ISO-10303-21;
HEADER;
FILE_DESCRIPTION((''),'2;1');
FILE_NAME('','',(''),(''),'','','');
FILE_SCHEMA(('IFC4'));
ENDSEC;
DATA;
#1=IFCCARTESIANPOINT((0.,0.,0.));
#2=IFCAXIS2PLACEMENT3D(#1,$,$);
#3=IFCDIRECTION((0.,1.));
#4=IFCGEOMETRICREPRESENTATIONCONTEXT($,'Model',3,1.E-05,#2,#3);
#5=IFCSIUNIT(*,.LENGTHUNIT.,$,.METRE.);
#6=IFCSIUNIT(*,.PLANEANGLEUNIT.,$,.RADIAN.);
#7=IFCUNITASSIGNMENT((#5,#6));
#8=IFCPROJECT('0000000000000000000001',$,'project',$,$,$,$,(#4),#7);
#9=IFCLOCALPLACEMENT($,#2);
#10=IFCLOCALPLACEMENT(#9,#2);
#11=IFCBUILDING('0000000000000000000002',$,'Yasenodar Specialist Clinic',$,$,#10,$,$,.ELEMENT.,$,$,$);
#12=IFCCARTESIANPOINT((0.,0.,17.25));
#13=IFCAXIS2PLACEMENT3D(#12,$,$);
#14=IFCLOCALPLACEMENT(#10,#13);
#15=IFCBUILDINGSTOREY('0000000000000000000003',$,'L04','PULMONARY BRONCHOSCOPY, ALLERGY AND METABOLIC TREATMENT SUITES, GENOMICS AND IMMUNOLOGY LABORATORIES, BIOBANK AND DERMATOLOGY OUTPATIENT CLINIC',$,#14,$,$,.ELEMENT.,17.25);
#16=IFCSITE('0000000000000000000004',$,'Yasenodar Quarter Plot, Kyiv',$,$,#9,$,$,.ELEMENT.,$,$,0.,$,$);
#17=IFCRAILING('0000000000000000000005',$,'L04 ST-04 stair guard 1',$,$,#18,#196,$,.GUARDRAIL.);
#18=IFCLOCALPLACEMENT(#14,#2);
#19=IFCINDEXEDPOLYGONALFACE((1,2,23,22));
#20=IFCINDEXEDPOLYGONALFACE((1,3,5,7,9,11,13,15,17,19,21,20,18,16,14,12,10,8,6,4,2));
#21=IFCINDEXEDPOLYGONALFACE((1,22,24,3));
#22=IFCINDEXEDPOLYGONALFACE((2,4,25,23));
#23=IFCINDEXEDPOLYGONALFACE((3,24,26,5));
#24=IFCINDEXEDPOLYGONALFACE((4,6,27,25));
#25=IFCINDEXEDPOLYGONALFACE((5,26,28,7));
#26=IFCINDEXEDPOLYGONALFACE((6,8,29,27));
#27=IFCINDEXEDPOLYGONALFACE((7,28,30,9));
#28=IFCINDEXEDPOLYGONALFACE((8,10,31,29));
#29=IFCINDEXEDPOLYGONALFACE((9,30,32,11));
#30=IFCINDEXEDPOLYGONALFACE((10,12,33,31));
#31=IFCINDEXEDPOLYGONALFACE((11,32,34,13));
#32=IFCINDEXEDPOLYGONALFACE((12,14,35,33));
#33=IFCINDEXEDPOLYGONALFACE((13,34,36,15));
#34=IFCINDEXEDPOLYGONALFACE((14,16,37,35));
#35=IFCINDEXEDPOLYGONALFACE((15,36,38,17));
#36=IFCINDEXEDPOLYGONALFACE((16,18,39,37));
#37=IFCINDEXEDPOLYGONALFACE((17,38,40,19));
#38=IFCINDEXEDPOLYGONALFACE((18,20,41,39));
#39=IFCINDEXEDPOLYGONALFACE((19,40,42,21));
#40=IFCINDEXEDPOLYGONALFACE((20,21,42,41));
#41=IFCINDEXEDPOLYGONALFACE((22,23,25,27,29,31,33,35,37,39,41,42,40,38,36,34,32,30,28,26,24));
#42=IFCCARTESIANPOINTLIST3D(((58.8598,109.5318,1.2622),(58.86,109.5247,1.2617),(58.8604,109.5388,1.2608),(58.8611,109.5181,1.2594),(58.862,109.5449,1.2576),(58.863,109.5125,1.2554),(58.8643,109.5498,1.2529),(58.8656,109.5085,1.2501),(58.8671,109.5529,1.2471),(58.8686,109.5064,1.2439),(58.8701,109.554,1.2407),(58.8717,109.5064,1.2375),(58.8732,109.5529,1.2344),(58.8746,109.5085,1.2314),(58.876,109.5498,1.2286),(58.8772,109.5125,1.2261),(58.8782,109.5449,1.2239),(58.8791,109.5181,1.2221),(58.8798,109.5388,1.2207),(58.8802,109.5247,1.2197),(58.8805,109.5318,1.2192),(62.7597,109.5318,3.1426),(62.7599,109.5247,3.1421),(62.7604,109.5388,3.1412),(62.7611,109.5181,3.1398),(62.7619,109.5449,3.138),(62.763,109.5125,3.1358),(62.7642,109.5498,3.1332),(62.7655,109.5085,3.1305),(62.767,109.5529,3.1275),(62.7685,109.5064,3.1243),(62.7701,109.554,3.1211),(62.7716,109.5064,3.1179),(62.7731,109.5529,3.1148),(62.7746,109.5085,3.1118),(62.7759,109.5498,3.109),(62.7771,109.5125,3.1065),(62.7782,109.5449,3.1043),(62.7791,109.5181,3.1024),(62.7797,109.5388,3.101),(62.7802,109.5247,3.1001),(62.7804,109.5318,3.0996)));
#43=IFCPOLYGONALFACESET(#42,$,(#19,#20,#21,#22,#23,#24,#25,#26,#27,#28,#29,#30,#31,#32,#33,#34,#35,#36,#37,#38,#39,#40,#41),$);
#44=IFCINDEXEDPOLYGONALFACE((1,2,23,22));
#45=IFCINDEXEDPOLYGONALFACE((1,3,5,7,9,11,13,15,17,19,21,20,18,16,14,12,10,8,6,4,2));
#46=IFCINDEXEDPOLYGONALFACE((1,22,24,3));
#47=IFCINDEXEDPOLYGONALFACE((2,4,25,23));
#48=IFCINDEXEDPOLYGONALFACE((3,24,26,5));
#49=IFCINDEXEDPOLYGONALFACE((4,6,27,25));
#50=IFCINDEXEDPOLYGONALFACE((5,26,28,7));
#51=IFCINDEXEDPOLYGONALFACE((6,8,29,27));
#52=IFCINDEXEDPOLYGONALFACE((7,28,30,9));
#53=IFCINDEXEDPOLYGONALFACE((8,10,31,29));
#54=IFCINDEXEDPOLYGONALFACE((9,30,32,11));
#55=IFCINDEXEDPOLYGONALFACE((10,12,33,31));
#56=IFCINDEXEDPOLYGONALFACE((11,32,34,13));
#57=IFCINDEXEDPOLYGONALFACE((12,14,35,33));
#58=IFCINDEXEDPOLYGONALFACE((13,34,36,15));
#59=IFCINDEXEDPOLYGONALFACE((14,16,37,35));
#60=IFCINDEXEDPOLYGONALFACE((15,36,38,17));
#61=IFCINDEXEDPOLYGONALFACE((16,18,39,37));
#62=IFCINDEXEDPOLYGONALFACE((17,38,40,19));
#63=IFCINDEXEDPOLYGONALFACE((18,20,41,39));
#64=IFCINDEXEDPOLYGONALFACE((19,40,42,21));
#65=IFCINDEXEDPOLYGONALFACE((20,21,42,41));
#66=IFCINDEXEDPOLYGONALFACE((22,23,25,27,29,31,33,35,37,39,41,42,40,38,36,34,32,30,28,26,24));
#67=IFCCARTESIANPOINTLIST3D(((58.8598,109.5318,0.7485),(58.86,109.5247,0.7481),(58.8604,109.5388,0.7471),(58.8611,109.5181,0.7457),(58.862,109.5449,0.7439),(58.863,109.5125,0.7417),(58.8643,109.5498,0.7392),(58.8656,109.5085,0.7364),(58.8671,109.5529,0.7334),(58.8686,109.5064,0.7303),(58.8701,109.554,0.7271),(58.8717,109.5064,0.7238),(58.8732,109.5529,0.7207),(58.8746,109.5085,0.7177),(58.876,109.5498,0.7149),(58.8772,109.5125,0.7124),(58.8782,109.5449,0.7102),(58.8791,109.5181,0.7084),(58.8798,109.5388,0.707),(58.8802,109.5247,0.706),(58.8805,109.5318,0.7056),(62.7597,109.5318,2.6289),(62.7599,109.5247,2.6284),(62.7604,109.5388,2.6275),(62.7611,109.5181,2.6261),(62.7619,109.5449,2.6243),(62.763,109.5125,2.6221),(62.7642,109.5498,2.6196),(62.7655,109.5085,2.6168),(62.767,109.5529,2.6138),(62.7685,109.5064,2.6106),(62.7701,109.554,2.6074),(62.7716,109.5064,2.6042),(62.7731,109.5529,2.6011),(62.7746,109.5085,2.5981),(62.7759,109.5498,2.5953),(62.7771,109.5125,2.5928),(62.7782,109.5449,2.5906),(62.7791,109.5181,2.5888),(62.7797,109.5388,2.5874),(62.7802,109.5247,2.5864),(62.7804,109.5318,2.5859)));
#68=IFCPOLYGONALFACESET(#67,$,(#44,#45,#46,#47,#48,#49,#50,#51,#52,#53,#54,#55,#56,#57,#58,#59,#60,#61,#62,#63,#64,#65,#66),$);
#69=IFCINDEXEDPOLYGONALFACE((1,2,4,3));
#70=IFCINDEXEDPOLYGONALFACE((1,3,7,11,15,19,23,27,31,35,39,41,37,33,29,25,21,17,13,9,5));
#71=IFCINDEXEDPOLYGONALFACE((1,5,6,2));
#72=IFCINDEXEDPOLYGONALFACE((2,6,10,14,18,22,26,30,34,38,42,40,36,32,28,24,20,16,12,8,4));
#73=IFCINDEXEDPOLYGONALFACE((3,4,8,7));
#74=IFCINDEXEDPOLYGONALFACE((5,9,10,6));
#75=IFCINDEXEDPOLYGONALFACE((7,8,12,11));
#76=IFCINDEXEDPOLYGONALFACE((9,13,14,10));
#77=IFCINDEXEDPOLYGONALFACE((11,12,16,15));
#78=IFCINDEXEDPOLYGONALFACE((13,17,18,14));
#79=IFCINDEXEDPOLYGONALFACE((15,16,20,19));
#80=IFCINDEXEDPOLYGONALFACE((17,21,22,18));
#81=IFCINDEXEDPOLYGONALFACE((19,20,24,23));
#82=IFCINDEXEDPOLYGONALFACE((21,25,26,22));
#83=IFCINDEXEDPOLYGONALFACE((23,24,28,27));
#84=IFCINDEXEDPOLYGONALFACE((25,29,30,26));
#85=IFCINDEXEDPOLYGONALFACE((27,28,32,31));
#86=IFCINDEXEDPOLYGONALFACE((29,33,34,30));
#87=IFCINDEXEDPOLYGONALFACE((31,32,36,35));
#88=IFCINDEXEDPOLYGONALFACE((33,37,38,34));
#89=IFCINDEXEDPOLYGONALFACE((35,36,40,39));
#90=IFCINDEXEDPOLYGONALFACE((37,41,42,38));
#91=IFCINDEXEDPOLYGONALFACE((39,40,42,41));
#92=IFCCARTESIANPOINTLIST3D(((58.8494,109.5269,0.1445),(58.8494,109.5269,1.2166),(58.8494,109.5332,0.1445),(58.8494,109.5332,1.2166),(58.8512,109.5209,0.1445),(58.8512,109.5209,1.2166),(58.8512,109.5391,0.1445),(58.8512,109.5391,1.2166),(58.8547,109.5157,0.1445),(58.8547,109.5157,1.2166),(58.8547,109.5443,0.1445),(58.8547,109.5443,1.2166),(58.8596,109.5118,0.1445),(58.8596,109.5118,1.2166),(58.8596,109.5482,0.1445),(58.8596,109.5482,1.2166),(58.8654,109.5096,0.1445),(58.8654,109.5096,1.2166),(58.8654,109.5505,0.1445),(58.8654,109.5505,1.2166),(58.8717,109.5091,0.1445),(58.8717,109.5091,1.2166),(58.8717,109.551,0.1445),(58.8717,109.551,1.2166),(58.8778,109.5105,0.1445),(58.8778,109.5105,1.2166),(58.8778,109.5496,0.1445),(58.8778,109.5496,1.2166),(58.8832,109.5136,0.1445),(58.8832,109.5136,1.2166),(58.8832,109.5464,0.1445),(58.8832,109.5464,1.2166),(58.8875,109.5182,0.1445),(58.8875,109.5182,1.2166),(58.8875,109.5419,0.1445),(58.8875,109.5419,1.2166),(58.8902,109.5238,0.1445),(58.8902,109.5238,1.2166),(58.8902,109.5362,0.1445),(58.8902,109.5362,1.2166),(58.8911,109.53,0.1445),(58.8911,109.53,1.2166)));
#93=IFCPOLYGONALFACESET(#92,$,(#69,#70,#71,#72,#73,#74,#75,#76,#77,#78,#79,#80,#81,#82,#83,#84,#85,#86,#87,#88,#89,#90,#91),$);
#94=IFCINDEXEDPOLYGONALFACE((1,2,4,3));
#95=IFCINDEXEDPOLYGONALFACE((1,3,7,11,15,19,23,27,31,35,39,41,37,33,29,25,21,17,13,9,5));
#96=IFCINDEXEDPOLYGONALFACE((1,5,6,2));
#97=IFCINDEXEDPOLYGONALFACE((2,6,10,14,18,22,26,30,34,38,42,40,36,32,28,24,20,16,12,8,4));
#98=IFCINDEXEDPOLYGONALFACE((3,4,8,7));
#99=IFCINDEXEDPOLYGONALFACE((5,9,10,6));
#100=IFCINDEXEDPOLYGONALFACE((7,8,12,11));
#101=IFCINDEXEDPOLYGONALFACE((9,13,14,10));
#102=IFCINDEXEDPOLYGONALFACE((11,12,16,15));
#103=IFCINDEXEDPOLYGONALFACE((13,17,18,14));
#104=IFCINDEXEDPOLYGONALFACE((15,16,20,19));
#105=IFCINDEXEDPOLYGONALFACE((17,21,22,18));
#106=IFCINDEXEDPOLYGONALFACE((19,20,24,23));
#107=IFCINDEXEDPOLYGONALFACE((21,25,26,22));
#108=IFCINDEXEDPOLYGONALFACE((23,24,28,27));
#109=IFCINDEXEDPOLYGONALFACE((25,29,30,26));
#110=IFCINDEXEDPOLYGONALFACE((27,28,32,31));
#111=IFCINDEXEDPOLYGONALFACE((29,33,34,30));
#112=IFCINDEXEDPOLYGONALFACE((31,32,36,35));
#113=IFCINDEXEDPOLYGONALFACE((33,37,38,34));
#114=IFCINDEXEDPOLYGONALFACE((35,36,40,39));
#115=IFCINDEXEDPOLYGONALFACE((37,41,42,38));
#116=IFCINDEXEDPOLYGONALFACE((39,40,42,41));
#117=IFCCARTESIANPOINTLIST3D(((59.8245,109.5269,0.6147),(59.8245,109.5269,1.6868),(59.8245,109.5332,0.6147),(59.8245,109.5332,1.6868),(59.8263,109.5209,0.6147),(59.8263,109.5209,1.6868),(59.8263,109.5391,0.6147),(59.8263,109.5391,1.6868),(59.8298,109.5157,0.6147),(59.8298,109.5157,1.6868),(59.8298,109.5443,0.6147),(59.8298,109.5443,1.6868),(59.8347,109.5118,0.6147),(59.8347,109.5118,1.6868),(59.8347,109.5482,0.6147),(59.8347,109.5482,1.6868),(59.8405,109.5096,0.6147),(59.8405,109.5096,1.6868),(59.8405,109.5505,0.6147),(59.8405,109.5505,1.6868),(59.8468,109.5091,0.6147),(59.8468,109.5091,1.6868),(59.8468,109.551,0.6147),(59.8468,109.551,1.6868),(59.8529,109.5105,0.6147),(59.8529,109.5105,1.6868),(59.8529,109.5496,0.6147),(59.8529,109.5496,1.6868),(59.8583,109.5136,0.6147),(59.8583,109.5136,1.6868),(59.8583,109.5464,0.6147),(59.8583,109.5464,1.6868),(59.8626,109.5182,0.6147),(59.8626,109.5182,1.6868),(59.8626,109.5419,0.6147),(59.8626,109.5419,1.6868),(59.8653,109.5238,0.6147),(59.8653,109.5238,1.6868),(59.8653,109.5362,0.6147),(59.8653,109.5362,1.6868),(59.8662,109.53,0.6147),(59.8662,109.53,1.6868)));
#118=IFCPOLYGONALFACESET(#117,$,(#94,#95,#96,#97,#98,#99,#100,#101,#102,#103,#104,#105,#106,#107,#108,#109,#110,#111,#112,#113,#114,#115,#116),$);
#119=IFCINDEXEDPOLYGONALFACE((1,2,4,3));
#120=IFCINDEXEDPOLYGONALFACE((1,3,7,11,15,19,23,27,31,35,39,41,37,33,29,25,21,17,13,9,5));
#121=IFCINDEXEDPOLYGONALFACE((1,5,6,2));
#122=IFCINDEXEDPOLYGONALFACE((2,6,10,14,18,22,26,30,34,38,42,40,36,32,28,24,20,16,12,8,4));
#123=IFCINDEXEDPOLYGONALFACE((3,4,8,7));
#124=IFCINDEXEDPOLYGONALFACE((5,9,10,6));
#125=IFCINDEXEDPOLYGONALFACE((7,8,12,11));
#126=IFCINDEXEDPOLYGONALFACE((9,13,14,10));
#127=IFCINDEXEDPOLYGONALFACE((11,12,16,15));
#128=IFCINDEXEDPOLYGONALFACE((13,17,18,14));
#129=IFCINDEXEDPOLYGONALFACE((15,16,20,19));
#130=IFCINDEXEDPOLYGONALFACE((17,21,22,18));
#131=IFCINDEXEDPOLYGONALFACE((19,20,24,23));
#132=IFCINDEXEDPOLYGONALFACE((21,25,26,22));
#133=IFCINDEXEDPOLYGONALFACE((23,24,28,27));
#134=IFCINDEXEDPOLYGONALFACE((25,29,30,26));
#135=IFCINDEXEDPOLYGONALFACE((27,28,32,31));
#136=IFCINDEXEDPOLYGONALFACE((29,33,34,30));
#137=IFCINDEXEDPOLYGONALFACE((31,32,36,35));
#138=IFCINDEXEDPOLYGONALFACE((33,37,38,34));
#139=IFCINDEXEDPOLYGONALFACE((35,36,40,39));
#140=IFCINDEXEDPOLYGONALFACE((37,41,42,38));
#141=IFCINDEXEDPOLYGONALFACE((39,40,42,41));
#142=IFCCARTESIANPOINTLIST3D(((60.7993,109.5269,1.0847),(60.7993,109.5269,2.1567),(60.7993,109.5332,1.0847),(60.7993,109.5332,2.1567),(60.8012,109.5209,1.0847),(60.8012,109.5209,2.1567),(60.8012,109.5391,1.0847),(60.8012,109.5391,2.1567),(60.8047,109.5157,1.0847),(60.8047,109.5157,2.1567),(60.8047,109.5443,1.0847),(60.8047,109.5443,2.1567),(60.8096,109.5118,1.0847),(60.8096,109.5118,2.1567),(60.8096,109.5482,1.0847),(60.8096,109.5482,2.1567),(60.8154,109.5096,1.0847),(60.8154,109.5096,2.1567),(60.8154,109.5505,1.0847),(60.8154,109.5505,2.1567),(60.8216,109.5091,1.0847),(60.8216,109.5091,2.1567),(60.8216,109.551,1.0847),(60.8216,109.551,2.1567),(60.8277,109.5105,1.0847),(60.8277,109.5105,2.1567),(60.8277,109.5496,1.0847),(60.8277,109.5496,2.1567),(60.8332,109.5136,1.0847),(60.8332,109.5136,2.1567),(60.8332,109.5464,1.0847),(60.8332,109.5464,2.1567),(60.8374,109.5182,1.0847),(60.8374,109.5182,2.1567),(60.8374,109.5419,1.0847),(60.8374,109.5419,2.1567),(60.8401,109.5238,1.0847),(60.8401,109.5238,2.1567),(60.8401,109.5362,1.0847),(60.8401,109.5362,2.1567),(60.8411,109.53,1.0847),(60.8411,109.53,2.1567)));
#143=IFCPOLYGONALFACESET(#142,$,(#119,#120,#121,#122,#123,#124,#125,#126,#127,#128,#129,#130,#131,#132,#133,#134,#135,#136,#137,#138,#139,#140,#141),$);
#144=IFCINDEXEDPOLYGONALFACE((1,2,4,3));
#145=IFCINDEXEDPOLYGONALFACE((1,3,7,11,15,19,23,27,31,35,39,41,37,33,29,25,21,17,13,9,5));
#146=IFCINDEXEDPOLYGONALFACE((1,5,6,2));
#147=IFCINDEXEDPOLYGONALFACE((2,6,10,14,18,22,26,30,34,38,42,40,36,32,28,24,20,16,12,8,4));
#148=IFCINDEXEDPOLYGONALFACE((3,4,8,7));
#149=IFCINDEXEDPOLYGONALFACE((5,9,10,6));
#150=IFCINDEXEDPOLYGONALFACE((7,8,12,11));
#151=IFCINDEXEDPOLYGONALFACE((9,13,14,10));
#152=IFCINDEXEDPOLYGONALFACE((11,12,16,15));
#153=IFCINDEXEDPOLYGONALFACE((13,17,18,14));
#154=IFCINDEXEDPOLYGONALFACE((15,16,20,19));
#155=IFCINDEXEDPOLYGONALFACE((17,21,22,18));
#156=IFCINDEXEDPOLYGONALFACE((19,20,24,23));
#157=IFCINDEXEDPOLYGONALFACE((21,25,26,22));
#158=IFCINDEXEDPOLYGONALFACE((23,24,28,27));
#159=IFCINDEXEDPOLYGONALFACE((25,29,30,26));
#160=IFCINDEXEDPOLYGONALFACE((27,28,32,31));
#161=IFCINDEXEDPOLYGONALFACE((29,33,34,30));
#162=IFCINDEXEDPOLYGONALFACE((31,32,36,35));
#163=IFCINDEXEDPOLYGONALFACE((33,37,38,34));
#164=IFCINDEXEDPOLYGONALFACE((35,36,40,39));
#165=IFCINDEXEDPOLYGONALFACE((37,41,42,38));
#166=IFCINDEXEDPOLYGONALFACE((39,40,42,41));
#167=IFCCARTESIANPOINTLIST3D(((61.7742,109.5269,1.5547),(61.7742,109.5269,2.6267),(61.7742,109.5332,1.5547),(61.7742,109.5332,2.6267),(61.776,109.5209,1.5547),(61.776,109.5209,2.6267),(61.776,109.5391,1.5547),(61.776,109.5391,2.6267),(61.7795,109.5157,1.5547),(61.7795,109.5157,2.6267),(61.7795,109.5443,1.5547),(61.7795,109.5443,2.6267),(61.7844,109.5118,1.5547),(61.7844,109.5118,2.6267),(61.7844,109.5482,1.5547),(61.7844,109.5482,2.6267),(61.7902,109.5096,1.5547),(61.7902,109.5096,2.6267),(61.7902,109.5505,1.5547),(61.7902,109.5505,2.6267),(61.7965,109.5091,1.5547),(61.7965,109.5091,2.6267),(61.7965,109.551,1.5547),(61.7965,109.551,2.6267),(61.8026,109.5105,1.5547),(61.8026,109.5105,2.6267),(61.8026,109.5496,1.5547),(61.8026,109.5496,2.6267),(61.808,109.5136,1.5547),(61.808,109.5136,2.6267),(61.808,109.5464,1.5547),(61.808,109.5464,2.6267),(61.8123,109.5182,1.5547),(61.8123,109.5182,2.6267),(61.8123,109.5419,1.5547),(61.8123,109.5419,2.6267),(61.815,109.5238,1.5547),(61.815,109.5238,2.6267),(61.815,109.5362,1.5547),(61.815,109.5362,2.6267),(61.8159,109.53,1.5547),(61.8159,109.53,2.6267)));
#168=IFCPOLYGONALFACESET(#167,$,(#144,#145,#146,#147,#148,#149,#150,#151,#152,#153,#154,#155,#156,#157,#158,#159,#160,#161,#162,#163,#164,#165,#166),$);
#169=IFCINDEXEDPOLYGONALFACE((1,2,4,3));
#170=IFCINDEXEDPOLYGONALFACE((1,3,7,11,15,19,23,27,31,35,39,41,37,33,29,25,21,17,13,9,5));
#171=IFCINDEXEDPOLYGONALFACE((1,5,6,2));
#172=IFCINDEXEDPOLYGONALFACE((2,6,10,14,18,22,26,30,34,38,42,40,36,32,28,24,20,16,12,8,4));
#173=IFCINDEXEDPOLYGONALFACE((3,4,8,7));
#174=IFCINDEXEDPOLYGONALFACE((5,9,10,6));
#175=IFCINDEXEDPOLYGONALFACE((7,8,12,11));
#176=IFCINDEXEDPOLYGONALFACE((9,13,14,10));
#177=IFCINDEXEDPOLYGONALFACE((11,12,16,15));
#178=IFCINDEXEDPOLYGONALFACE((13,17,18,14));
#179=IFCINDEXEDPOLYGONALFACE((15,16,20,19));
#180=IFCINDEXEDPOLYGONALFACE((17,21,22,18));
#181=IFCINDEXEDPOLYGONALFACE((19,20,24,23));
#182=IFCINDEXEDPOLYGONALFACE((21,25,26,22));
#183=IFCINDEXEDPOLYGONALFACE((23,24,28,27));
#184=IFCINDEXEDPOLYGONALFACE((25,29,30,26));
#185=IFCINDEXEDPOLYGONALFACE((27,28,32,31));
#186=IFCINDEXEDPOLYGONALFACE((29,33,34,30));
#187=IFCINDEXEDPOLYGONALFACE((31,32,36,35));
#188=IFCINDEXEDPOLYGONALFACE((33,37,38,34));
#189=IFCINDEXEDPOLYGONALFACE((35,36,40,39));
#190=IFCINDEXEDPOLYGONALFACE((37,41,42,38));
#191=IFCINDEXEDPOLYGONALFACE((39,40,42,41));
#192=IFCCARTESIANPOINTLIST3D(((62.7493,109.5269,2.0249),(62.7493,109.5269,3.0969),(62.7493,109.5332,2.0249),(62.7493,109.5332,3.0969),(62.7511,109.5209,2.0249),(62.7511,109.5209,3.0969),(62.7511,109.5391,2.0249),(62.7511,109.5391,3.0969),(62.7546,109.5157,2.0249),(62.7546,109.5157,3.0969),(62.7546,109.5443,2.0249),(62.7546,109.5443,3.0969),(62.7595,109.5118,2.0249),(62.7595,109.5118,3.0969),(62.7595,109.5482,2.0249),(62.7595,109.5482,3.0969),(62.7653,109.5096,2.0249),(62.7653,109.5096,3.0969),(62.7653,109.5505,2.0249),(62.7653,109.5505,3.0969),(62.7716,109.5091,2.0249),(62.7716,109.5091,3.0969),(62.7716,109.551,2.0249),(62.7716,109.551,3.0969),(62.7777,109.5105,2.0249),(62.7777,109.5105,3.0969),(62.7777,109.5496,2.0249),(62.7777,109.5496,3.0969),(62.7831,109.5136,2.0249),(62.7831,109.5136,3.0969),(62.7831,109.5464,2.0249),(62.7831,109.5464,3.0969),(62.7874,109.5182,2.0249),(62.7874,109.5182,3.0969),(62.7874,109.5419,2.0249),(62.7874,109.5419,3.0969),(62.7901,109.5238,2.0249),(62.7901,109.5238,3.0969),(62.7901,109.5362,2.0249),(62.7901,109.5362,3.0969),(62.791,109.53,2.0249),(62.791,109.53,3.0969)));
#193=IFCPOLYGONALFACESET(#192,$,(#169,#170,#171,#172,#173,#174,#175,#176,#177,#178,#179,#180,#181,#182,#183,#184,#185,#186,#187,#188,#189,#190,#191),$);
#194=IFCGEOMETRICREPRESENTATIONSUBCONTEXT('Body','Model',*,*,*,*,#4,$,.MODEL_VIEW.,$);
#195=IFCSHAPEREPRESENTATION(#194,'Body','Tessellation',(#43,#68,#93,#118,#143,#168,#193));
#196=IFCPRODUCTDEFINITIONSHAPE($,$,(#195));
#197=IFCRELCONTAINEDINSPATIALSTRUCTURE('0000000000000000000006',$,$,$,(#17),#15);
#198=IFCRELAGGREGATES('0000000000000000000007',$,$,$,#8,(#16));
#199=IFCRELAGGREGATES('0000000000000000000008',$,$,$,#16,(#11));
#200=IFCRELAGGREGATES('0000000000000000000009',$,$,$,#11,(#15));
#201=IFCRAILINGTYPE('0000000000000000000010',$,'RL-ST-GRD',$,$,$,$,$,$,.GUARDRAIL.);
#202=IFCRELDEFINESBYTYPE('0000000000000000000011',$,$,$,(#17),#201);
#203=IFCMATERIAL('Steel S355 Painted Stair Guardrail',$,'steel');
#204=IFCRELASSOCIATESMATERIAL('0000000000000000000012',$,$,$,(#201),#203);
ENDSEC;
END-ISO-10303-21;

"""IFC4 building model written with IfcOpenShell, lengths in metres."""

from ifc_helpers import new_model, si_unit, direction, frame, origin, origin_2d, place, context, subcontext, project, spatial, circle, extrude, material, type_object, element, save


model = new_model("IFC4")

# Units and contexts
model_context = context("Model", 3, precision=1e-05, world=origin(), true_north=direction((0.0, 1.0)))
body_context = subcontext(model_context, "Body", "Model", "MODEL_VIEW")
ifc_project = project(units=[si_unit("LENGTHUNIT", "METRE"), si_unit("PLANEANGLEUNIT", "RADIAN")], contexts=[model_context])

# Site, building, storey
site_placement = place(None, origin())
site = spatial("IfcSite", under=ifc_project, at=site_placement, Name="Yasenodar Quarter Plot, Kyiv", CompositionType="ELEMENT", RefElevation=0.0)
building_placement = place(site_placement, origin())
building = spatial("IfcBuilding", under=site, at=building_placement, Name="Yasenodar Specialist Clinic", CompositionType="ELEMENT")
storey_placement = place(building_placement, frame((0.0, 0.0, 17.25)))
storey = spatial("IfcBuildingStorey", under=building, at=storey_placement, Name="L04", Description="PULMONARY BRONCHOSCOPY, ALLERGY AND METABOLIC TREATMENT SUITES, GENOMICS AND IMMUNOLOGY LABORATORIES, BIOBANK AND DERMATOLOGY OUTPATIENT CLINIC", CompositionType="ELEMENT", Elevation=17.25)

# Railing
ifc_material_1 = material(Name="Steel S355 Painted Stair Guardrail", Category="steel")
railing_type_1 = type_object("IfcRailingType", Name="RL-ST-GRD", PredefinedType="GUARDRAIL", material=ifc_material_1)
railing_1_placement = place(storey_placement, frame((58.8701, 109.53, 0.1445)))
element("IfcRailing", 1, at=railing_1_placement, inside=storey, type_object=railing_type_1, Name="L04 ST-04 stair guard 1", PredefinedType="GUARDRAIL", context=body_context, shape_type="SweptSolid", body=[
    extrude(circle(Radius=0.0239, at=origin_2d()), frame((0.0, 0.0, 1.0962), z_axis=(0.900763, 0.0, 0.434311), x_axis=(0.0, 1.0, 0.0)), (0.0, 0.0, 1.0), 4.3296),
    extrude(circle(Radius=0.0239, at=origin_2d()), frame((0.0, 0.0, 0.5825), z_axis=(0.900763, 0.0, 0.434311), x_axis=(0.0, 1.0, 0.0)), (0.0, 0.0, 1.0), 4.3296),
    extrude(circle(Radius=0.021, at=origin_2d()), origin(), (0.0, 0.0, 1.0), 1.072),
    extrude(circle(Radius=0.021, at=origin_2d()), frame((0.9751, 0.0, 0.4702)), (0.0, 0.0, 1.0), 1.072),
    extrude(circle(Radius=0.021, at=origin_2d()), frame((1.95, 0.0, 0.9402)), (0.0, 0.0, 1.0), 1.072),
    extrude(circle(Radius=0.021, at=origin_2d()), frame((2.9248, 0.0, 1.4102)), (0.0, 0.0, 1.0), 1.072),
    extrude(circle(Radius=0.021, at=origin_2d()), frame((3.8999, 0.0, 1.8804)), (0.0, 0.0, 1.0), 1.072),
])

save(model, "model.ifc")
